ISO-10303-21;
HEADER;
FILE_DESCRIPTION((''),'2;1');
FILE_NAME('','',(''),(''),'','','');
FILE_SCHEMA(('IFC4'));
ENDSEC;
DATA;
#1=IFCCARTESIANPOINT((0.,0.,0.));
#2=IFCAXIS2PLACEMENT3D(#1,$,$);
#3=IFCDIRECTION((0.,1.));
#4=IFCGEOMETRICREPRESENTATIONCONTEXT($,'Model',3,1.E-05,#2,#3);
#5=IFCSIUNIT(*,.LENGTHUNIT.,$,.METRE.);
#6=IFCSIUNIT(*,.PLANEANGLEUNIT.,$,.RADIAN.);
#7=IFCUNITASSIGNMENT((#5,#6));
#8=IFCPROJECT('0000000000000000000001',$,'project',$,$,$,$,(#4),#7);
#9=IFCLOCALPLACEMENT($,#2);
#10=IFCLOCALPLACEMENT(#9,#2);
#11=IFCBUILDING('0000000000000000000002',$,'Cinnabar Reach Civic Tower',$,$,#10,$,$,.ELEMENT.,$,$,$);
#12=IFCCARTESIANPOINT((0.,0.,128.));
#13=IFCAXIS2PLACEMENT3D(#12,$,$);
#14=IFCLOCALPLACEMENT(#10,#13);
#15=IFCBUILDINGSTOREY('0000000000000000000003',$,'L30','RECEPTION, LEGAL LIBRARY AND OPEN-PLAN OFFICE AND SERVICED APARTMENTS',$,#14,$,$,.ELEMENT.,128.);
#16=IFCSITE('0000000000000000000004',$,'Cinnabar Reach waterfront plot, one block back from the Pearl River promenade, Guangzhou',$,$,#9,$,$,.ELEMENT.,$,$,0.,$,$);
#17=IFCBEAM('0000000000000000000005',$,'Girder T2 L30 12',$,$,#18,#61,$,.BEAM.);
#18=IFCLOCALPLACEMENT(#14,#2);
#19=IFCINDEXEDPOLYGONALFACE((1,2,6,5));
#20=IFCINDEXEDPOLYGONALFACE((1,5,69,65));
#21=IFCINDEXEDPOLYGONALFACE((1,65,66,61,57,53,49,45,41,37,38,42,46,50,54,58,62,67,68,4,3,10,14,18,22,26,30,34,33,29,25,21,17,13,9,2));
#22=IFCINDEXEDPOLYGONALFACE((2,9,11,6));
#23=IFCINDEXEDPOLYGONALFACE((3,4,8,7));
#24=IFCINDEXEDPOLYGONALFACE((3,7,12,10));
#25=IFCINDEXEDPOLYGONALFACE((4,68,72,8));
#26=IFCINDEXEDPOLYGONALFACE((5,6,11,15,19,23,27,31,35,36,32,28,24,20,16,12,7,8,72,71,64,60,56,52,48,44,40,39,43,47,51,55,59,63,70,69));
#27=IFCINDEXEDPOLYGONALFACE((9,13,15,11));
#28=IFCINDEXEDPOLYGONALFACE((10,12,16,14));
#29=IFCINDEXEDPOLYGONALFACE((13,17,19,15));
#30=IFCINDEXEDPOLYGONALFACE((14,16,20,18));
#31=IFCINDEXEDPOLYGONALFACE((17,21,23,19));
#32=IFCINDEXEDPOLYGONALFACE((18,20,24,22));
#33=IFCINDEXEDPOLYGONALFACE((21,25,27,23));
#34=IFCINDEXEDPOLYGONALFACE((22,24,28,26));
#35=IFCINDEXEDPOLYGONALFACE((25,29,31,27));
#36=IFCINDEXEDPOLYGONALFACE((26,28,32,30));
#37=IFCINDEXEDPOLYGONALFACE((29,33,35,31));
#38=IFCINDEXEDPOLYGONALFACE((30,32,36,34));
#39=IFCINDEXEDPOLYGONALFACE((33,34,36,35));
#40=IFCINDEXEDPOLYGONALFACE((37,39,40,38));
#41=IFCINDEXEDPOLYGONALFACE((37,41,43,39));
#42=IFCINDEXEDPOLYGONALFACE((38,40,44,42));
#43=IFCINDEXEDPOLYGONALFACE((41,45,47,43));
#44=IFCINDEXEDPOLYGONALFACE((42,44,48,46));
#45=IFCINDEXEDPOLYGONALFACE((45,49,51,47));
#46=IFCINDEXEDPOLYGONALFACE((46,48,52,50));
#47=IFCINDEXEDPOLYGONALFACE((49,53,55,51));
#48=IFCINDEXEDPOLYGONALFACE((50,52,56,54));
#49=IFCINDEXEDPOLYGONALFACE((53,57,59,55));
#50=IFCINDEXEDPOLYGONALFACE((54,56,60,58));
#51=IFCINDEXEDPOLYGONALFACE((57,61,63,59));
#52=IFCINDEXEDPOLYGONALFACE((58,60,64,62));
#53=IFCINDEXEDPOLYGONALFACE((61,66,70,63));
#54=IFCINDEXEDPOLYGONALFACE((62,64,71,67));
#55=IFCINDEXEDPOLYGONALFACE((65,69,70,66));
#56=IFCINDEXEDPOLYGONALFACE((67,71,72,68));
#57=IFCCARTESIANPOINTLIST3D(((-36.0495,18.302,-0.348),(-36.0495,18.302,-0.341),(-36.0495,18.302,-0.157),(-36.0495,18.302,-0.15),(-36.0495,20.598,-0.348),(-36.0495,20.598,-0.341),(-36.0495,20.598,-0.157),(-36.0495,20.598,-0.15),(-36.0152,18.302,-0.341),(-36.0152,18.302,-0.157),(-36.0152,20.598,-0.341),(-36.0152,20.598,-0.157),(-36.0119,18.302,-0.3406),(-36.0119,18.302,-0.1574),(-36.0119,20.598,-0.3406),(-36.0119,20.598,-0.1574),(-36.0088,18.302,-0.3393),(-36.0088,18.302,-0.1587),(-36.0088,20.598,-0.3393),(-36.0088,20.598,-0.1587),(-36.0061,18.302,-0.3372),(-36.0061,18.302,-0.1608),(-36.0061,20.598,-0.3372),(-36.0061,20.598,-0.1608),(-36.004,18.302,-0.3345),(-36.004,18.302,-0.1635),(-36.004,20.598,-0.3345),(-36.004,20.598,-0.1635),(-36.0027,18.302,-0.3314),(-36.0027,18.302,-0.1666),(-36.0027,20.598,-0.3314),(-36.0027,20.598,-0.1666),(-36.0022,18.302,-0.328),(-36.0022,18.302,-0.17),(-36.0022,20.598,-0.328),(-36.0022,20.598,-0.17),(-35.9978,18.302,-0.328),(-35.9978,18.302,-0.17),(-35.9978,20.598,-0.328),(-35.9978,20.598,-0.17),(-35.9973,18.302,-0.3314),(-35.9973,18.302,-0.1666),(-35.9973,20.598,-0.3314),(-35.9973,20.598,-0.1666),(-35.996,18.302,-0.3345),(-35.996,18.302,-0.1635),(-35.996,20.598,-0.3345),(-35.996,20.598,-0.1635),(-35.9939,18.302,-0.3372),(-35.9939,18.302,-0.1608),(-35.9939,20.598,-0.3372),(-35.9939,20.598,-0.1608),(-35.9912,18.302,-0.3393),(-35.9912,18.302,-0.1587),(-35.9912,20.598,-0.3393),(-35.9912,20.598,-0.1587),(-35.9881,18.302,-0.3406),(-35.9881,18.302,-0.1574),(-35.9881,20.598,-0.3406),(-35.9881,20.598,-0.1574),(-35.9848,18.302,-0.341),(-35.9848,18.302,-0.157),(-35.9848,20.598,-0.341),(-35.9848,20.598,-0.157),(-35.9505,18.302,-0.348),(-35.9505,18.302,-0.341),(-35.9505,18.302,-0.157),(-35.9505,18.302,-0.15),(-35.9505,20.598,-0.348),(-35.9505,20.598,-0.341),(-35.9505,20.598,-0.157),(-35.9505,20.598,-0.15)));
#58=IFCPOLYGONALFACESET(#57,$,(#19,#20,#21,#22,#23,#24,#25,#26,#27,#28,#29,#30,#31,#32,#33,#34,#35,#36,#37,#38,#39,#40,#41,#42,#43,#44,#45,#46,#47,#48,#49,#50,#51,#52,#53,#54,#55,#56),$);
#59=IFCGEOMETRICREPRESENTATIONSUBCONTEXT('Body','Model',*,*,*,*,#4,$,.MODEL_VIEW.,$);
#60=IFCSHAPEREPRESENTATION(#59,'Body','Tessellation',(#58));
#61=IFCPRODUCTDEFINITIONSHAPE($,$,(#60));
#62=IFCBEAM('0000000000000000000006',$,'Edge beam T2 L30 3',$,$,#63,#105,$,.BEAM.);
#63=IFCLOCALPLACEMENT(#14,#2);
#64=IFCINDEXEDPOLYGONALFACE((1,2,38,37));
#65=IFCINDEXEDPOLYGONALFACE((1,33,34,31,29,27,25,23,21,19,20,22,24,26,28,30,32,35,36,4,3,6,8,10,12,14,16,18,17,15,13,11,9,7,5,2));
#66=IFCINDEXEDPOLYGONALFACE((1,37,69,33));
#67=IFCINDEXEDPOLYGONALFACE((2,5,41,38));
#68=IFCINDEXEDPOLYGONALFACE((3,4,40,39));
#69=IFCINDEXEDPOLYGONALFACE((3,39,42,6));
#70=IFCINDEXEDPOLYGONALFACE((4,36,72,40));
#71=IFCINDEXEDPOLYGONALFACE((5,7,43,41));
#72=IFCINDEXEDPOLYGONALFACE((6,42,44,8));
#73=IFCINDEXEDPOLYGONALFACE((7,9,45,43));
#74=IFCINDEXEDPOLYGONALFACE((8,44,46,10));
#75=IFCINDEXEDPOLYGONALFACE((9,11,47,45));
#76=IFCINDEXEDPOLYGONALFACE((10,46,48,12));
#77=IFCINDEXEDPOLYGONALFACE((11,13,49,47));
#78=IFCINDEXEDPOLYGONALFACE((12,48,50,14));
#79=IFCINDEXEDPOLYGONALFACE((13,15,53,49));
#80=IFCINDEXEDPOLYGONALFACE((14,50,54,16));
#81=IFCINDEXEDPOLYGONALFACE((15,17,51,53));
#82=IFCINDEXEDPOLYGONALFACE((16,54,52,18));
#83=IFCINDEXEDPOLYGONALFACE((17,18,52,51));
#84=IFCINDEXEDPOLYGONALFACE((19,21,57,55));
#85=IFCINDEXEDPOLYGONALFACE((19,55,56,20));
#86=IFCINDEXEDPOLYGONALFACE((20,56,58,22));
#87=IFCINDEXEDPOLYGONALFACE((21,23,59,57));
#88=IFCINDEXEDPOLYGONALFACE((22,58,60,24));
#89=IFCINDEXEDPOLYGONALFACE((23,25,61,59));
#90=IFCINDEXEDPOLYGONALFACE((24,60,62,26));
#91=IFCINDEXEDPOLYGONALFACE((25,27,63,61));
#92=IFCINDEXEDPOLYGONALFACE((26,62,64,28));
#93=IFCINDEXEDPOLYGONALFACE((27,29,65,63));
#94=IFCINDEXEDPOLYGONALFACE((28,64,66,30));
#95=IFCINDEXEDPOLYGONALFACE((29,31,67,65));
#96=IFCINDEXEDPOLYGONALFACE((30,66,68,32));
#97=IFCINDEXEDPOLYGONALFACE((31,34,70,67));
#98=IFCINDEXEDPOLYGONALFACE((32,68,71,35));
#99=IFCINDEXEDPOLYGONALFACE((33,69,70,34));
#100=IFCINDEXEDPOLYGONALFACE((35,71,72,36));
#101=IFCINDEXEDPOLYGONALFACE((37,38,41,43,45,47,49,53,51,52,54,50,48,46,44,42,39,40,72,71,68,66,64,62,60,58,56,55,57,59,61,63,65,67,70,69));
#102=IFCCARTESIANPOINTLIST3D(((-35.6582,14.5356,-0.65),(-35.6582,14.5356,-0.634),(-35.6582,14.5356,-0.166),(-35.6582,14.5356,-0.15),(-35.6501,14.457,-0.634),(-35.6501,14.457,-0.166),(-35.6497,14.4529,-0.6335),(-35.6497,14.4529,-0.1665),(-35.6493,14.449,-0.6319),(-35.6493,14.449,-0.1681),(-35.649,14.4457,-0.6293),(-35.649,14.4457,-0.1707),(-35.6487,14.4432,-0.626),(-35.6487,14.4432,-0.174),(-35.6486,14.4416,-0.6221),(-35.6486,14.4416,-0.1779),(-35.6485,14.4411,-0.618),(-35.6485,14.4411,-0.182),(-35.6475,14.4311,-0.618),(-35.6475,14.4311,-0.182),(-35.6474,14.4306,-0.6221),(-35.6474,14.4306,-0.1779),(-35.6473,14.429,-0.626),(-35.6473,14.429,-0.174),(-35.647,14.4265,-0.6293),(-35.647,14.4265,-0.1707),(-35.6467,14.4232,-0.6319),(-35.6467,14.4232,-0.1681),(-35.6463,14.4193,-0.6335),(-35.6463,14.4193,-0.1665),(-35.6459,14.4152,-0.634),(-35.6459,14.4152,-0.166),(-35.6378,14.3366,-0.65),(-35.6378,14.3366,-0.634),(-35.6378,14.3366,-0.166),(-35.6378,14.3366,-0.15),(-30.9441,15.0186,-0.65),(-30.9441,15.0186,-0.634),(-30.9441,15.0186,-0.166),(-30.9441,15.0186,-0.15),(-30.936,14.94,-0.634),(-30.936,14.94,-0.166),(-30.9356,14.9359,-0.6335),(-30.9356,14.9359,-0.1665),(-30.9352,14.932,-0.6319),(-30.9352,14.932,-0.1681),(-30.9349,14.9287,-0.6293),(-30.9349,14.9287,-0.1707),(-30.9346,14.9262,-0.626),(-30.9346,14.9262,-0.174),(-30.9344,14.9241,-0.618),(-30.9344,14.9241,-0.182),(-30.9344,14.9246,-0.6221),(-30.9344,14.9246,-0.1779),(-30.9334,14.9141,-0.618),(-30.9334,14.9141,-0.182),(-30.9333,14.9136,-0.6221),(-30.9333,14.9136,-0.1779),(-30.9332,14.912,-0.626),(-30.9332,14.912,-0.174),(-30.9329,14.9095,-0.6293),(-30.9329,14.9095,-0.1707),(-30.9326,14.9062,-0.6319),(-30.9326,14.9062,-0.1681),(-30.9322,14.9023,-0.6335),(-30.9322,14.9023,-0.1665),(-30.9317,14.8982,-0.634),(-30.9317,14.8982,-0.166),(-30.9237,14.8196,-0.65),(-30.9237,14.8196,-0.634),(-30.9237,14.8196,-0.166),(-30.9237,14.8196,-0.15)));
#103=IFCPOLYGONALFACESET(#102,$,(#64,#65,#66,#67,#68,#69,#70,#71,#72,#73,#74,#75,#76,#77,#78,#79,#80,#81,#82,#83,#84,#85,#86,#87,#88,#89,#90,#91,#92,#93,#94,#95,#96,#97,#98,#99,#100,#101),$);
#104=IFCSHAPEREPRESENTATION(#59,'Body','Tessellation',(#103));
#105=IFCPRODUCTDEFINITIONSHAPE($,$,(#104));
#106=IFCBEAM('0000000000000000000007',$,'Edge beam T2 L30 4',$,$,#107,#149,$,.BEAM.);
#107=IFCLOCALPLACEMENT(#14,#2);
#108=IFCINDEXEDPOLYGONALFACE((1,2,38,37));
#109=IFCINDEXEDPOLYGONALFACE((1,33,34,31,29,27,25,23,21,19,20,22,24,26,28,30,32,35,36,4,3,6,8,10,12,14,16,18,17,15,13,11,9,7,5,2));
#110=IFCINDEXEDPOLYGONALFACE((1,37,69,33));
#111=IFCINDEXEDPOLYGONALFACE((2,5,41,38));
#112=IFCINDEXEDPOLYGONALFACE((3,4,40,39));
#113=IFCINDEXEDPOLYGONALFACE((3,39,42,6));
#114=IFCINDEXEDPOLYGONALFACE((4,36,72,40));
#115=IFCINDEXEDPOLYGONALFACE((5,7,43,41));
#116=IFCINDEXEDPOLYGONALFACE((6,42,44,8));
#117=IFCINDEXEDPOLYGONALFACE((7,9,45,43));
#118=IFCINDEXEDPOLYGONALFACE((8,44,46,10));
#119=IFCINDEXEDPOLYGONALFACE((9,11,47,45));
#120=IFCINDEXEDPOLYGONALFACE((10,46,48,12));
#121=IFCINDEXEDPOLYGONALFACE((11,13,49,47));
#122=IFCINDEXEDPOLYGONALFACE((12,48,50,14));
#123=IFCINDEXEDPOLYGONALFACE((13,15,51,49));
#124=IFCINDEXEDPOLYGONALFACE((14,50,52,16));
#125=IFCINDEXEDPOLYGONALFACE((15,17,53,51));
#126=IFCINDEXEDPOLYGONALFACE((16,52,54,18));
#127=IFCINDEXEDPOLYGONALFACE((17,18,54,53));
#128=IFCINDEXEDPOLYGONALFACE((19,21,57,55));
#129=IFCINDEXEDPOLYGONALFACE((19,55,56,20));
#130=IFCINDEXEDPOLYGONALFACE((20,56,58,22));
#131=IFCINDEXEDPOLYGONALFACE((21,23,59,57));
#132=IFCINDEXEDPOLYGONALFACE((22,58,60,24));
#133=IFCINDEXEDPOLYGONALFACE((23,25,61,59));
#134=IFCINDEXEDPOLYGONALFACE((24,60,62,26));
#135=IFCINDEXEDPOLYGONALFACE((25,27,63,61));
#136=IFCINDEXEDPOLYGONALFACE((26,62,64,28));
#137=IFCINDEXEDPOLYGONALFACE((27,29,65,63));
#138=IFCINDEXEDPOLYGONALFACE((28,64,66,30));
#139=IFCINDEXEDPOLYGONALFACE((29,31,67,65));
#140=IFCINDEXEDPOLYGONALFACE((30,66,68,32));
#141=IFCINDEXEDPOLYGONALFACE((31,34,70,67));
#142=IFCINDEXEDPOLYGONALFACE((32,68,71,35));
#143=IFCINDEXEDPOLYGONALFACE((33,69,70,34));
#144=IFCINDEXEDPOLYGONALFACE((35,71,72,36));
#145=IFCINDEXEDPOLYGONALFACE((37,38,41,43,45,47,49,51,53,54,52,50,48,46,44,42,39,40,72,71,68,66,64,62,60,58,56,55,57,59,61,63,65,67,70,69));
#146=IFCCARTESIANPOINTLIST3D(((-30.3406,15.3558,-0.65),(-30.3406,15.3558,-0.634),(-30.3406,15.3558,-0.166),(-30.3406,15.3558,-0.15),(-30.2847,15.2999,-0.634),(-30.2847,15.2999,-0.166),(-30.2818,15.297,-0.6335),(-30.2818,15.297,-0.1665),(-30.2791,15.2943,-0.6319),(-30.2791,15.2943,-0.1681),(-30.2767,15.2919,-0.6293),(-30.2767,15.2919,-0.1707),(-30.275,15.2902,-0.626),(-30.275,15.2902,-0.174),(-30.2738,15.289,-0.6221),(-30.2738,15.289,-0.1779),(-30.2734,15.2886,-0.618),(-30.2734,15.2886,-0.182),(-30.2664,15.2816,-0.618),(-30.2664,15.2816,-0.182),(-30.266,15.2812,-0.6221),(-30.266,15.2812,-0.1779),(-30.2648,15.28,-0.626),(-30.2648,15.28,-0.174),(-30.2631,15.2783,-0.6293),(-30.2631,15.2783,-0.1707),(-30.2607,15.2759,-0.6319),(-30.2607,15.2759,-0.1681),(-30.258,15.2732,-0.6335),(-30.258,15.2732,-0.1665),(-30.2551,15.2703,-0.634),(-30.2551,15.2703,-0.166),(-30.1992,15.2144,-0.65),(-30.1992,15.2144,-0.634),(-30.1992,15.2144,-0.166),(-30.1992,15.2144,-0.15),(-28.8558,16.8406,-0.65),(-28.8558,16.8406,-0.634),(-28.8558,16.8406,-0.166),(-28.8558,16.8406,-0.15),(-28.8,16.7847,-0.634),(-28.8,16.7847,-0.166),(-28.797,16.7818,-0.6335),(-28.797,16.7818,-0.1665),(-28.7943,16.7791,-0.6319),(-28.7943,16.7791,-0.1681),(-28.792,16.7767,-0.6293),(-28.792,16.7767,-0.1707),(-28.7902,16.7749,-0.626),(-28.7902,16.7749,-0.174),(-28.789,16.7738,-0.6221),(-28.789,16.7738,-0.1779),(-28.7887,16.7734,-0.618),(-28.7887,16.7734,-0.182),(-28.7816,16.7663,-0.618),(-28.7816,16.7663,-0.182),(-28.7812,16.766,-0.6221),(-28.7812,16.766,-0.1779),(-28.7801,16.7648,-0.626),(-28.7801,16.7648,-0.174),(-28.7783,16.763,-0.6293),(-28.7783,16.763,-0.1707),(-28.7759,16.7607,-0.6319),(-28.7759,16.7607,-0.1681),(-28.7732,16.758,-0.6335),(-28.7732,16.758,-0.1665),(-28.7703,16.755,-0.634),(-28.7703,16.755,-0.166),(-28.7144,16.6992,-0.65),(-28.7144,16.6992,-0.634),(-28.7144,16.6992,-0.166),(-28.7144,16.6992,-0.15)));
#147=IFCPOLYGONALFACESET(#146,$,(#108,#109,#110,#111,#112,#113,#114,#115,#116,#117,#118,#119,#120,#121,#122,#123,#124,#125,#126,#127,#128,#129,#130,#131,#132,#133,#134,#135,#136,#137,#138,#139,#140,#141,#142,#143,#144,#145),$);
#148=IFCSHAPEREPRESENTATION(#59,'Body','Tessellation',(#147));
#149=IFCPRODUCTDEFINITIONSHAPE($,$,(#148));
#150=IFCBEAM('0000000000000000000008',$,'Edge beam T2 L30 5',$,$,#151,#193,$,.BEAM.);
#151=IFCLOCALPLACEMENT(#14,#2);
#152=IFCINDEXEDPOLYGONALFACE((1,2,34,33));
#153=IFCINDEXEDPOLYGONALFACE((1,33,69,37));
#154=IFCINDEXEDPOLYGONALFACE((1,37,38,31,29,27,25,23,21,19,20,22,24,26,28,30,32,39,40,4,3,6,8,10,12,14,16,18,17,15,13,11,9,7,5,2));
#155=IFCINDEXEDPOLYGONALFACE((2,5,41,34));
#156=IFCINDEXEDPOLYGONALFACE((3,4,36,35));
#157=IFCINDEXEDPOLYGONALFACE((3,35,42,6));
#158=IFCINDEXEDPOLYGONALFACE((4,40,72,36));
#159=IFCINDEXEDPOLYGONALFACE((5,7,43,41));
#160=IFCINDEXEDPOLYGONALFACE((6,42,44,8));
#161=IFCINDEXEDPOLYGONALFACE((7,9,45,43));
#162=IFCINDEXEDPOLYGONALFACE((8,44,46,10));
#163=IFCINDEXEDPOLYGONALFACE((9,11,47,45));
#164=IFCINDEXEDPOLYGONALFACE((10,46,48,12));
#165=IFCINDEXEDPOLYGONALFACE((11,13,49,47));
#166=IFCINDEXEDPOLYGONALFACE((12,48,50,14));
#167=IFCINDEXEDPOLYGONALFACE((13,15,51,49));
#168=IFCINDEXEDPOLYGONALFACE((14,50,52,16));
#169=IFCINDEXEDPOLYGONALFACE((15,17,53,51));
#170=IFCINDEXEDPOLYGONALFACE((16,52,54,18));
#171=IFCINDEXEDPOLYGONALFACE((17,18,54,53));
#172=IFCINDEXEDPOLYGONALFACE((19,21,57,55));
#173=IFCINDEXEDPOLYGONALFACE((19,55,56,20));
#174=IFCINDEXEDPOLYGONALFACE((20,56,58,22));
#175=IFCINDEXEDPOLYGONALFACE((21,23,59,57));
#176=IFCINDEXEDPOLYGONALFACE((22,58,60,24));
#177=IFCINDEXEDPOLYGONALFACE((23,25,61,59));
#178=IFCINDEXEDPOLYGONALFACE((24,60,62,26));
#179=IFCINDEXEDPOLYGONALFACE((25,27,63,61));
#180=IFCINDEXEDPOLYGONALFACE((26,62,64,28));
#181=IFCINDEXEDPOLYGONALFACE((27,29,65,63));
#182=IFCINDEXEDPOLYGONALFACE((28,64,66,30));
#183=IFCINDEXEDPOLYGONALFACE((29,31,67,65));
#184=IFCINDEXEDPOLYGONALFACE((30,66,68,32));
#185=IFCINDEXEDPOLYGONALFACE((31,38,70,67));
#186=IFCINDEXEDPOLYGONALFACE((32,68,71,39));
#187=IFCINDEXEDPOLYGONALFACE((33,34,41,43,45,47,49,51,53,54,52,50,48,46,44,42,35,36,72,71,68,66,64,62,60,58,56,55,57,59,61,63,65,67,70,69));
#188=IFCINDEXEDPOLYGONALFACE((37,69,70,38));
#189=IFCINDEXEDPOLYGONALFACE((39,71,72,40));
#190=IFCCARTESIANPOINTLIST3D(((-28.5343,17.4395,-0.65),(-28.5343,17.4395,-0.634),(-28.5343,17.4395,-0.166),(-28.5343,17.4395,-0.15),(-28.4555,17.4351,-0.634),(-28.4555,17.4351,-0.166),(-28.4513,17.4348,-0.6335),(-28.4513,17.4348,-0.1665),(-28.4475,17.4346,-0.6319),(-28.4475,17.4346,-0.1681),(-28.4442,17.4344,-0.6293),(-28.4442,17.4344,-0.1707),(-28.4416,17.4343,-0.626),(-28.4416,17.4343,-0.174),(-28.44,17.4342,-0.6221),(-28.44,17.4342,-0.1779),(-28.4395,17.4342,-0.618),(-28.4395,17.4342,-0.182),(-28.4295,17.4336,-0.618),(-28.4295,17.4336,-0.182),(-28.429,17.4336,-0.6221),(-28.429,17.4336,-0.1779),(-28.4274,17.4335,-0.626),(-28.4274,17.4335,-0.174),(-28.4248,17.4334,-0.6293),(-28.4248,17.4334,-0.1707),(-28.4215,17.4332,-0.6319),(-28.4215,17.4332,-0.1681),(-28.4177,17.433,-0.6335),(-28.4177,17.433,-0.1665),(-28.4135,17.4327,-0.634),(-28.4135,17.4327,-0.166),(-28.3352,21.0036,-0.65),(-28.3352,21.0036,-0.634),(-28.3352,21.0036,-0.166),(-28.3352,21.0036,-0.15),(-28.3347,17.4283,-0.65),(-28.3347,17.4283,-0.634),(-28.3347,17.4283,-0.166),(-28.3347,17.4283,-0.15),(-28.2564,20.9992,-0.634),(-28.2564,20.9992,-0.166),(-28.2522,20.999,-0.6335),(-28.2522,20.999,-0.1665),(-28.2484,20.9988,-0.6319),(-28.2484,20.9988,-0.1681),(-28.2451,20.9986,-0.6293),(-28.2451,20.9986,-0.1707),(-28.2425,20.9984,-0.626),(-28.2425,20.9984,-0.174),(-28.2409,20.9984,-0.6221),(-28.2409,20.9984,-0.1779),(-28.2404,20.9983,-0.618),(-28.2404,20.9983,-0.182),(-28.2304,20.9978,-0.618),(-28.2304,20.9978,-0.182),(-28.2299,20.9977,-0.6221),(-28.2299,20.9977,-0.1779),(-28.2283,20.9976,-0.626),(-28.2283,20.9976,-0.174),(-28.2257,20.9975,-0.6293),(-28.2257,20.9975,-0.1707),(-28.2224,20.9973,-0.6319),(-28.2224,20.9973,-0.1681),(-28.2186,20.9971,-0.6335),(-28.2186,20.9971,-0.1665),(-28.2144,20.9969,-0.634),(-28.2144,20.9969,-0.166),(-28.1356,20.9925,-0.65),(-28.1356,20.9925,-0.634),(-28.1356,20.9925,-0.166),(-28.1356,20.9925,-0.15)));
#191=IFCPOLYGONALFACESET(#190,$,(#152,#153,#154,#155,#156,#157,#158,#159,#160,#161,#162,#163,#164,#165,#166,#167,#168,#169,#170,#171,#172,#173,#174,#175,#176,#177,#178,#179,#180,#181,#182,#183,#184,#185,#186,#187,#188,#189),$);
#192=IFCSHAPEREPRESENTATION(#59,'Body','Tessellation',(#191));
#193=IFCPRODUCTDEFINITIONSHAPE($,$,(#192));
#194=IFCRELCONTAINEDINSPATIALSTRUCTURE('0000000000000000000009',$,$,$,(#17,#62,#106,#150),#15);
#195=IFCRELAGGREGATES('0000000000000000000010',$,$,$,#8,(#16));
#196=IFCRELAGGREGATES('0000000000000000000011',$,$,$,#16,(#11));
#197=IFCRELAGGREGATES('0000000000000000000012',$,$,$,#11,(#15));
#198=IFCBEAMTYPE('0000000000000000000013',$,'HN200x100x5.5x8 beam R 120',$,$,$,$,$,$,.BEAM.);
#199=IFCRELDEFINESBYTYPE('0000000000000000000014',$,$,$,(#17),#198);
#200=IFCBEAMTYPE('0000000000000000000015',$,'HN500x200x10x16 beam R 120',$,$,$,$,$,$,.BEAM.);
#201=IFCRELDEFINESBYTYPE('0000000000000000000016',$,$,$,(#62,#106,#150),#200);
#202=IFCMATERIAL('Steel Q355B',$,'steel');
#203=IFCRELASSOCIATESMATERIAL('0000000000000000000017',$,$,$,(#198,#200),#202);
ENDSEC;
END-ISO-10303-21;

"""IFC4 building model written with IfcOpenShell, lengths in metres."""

from ifc_helpers import new_model, si_unit, direction, frame, origin, origin_2d, place, context, subcontext, project, spatial, i_section, extrude, material, material_profile, profile_set, type_object, element, save


model = new_model("IFC4")

# Units and contexts
model_context = context("Model", 3, precision=1e-05, world=origin(), true_north=direction((0.0, 1.0)))
body_context = subcontext(model_context, "Body", "Model", "MODEL_VIEW")
ifc_project = project(units=[si_unit("LENGTHUNIT", "METRE"), si_unit("PLANEANGLEUNIT", "RADIAN")], contexts=[model_context])

# Site, building, storey
site_placement = place(None, origin())
site = spatial("IfcSite", under=ifc_project, at=site_placement, Name="Cinnabar Reach waterfront plot, one block back from the Pearl River promenade, Guangzhou", CompositionType="ELEMENT", RefElevation=0.0)
building_placement = place(site_placement, origin())
building = spatial("IfcBuilding", under=site, at=building_placement, Name="Cinnabar Reach Civic Tower", CompositionType="ELEMENT")
storey_placement = place(building_placement, frame((0.0, 0.0, 128.0)))
storey = spatial("IfcBuildingStorey", under=building, at=storey_placement, Name="L30", Description="RECEPTION, LEGAL LIBRARY AND OPEN-PLAN OFFICE AND SERVICED APARTMENTS", CompositionType="ELEMENT", Elevation=128.0)

# Beams
ifc_material_1 = material(Name="Steel Q355B", Category="steel")
ifc_material_profile_1 = material_profile(ifc_material_1, i_section(OverallWidth=0.099, OverallDepth=0.198, WebThickness=0.0045, FlangeThickness=0.007, FilletRadius=0.013, at=origin_2d()), Name="HN200x100x5.5x8")
ifc_profile_set_1 = profile_set([ifc_material_profile_1], Name="Steel Q355B")
beam_type_1 = type_object("IfcBeamType", Name="HN200x100x5.5x8 beam R 120", PredefinedType="BEAM", material=ifc_profile_set_1)
beam_1_placement = place(storey_placement, frame((-36.0, 18.302, -0.249), z_axis=(0.0, 1.0, 0.0), x_axis=(-1.0, 0.0, 0.0)))
element("IfcBeam", 1, at=beam_1_placement, inside=storey, type_object=beam_type_1, Name="Girder T2 L30 12", PredefinedType="BEAM", context=body_context, shape_type="SweptSolid", body=[
    extrude(i_section(OverallWidth=0.099, OverallDepth=0.198, WebThickness=0.0045, FlangeThickness=0.007, FilletRadius=0.013, at=origin_2d()), origin(), (0.0, 0.0, 1.0), 2.296),
])
ifc_material_profile_2 = material_profile(ifc_material_1, i_section(OverallWidth=0.2, OverallDepth=0.5, WebThickness=0.01, FlangeThickness=0.016, FilletRadius=0.016, at=origin_2d()), Name="HN500x200x10x16")
ifc_profile_set_2 = profile_set([ifc_material_profile_2], Name="Steel Q355B")
beam_type_2 = type_object("IfcBeamType", Name="HN500x200x10x16 beam R 120", PredefinedType="BEAM", material=ifc_profile_set_2)
beam_2_placement = place(storey_placement, frame((-35.648, 14.4361, -0.4), z_axis=(0.994792, 0.101925, 0.0), x_axis=(-0.101925, 0.994792, 0.0)))
element("IfcBeam", 2, at=beam_2_placement, inside=storey, type_object=beam_type_2, Name="Edge beam T2 L30 3", PredefinedType="BEAM", context=body_context, shape_type="SweptSolid", body=[
    extrude(i_section(OverallWidth=0.2, OverallDepth=0.5, WebThickness=0.01, FlangeThickness=0.016, FilletRadius=0.016, at=origin_2d()), origin(), (0.0, 0.0, 1.0), 4.7388),
])
beam_3_placement = place(storey_placement, frame((-30.2699, 15.2851, -0.4), z_axis=(0.707107, 0.707107, 0.0), x_axis=(-0.707107, 0.707107, 0.0)))
element("IfcBeam", 3, at=beam_3_placement, inside=storey, type_object=beam_type_2, Name="Edge beam T2 L30 4", PredefinedType="BEAM", context=body_context, shape_type="SweptSolid", body=[
    extrude(i_section(OverallWidth=0.2, OverallDepth=0.5, WebThickness=0.01, FlangeThickness=0.016, FilletRadius=0.016, at=origin_2d()), origin(), (0.0, 0.0, 1.0), 2.0998),
])
beam_4_placement = place(storey_placement, frame((-28.4345, 17.4339, -0.4), z_axis=(0.055776, 0.998443, 0.0), x_axis=(-0.998443, 0.055776, 0.0)))
element("IfcBeam", 4, at=beam_4_placement, inside=storey, type_object=beam_type_2, Name="Edge beam T2 L30 5", PredefinedType="BEAM", context=body_context, shape_type="SweptSolid", body=[
    extrude(i_section(OverallWidth=0.2, OverallDepth=0.5, WebThickness=0.01, FlangeThickness=0.016, FilletRadius=0.016, at=origin_2d()), origin(), (0.0, 0.0, 1.0), 3.5697),
])

save(model, "model.ifc")
